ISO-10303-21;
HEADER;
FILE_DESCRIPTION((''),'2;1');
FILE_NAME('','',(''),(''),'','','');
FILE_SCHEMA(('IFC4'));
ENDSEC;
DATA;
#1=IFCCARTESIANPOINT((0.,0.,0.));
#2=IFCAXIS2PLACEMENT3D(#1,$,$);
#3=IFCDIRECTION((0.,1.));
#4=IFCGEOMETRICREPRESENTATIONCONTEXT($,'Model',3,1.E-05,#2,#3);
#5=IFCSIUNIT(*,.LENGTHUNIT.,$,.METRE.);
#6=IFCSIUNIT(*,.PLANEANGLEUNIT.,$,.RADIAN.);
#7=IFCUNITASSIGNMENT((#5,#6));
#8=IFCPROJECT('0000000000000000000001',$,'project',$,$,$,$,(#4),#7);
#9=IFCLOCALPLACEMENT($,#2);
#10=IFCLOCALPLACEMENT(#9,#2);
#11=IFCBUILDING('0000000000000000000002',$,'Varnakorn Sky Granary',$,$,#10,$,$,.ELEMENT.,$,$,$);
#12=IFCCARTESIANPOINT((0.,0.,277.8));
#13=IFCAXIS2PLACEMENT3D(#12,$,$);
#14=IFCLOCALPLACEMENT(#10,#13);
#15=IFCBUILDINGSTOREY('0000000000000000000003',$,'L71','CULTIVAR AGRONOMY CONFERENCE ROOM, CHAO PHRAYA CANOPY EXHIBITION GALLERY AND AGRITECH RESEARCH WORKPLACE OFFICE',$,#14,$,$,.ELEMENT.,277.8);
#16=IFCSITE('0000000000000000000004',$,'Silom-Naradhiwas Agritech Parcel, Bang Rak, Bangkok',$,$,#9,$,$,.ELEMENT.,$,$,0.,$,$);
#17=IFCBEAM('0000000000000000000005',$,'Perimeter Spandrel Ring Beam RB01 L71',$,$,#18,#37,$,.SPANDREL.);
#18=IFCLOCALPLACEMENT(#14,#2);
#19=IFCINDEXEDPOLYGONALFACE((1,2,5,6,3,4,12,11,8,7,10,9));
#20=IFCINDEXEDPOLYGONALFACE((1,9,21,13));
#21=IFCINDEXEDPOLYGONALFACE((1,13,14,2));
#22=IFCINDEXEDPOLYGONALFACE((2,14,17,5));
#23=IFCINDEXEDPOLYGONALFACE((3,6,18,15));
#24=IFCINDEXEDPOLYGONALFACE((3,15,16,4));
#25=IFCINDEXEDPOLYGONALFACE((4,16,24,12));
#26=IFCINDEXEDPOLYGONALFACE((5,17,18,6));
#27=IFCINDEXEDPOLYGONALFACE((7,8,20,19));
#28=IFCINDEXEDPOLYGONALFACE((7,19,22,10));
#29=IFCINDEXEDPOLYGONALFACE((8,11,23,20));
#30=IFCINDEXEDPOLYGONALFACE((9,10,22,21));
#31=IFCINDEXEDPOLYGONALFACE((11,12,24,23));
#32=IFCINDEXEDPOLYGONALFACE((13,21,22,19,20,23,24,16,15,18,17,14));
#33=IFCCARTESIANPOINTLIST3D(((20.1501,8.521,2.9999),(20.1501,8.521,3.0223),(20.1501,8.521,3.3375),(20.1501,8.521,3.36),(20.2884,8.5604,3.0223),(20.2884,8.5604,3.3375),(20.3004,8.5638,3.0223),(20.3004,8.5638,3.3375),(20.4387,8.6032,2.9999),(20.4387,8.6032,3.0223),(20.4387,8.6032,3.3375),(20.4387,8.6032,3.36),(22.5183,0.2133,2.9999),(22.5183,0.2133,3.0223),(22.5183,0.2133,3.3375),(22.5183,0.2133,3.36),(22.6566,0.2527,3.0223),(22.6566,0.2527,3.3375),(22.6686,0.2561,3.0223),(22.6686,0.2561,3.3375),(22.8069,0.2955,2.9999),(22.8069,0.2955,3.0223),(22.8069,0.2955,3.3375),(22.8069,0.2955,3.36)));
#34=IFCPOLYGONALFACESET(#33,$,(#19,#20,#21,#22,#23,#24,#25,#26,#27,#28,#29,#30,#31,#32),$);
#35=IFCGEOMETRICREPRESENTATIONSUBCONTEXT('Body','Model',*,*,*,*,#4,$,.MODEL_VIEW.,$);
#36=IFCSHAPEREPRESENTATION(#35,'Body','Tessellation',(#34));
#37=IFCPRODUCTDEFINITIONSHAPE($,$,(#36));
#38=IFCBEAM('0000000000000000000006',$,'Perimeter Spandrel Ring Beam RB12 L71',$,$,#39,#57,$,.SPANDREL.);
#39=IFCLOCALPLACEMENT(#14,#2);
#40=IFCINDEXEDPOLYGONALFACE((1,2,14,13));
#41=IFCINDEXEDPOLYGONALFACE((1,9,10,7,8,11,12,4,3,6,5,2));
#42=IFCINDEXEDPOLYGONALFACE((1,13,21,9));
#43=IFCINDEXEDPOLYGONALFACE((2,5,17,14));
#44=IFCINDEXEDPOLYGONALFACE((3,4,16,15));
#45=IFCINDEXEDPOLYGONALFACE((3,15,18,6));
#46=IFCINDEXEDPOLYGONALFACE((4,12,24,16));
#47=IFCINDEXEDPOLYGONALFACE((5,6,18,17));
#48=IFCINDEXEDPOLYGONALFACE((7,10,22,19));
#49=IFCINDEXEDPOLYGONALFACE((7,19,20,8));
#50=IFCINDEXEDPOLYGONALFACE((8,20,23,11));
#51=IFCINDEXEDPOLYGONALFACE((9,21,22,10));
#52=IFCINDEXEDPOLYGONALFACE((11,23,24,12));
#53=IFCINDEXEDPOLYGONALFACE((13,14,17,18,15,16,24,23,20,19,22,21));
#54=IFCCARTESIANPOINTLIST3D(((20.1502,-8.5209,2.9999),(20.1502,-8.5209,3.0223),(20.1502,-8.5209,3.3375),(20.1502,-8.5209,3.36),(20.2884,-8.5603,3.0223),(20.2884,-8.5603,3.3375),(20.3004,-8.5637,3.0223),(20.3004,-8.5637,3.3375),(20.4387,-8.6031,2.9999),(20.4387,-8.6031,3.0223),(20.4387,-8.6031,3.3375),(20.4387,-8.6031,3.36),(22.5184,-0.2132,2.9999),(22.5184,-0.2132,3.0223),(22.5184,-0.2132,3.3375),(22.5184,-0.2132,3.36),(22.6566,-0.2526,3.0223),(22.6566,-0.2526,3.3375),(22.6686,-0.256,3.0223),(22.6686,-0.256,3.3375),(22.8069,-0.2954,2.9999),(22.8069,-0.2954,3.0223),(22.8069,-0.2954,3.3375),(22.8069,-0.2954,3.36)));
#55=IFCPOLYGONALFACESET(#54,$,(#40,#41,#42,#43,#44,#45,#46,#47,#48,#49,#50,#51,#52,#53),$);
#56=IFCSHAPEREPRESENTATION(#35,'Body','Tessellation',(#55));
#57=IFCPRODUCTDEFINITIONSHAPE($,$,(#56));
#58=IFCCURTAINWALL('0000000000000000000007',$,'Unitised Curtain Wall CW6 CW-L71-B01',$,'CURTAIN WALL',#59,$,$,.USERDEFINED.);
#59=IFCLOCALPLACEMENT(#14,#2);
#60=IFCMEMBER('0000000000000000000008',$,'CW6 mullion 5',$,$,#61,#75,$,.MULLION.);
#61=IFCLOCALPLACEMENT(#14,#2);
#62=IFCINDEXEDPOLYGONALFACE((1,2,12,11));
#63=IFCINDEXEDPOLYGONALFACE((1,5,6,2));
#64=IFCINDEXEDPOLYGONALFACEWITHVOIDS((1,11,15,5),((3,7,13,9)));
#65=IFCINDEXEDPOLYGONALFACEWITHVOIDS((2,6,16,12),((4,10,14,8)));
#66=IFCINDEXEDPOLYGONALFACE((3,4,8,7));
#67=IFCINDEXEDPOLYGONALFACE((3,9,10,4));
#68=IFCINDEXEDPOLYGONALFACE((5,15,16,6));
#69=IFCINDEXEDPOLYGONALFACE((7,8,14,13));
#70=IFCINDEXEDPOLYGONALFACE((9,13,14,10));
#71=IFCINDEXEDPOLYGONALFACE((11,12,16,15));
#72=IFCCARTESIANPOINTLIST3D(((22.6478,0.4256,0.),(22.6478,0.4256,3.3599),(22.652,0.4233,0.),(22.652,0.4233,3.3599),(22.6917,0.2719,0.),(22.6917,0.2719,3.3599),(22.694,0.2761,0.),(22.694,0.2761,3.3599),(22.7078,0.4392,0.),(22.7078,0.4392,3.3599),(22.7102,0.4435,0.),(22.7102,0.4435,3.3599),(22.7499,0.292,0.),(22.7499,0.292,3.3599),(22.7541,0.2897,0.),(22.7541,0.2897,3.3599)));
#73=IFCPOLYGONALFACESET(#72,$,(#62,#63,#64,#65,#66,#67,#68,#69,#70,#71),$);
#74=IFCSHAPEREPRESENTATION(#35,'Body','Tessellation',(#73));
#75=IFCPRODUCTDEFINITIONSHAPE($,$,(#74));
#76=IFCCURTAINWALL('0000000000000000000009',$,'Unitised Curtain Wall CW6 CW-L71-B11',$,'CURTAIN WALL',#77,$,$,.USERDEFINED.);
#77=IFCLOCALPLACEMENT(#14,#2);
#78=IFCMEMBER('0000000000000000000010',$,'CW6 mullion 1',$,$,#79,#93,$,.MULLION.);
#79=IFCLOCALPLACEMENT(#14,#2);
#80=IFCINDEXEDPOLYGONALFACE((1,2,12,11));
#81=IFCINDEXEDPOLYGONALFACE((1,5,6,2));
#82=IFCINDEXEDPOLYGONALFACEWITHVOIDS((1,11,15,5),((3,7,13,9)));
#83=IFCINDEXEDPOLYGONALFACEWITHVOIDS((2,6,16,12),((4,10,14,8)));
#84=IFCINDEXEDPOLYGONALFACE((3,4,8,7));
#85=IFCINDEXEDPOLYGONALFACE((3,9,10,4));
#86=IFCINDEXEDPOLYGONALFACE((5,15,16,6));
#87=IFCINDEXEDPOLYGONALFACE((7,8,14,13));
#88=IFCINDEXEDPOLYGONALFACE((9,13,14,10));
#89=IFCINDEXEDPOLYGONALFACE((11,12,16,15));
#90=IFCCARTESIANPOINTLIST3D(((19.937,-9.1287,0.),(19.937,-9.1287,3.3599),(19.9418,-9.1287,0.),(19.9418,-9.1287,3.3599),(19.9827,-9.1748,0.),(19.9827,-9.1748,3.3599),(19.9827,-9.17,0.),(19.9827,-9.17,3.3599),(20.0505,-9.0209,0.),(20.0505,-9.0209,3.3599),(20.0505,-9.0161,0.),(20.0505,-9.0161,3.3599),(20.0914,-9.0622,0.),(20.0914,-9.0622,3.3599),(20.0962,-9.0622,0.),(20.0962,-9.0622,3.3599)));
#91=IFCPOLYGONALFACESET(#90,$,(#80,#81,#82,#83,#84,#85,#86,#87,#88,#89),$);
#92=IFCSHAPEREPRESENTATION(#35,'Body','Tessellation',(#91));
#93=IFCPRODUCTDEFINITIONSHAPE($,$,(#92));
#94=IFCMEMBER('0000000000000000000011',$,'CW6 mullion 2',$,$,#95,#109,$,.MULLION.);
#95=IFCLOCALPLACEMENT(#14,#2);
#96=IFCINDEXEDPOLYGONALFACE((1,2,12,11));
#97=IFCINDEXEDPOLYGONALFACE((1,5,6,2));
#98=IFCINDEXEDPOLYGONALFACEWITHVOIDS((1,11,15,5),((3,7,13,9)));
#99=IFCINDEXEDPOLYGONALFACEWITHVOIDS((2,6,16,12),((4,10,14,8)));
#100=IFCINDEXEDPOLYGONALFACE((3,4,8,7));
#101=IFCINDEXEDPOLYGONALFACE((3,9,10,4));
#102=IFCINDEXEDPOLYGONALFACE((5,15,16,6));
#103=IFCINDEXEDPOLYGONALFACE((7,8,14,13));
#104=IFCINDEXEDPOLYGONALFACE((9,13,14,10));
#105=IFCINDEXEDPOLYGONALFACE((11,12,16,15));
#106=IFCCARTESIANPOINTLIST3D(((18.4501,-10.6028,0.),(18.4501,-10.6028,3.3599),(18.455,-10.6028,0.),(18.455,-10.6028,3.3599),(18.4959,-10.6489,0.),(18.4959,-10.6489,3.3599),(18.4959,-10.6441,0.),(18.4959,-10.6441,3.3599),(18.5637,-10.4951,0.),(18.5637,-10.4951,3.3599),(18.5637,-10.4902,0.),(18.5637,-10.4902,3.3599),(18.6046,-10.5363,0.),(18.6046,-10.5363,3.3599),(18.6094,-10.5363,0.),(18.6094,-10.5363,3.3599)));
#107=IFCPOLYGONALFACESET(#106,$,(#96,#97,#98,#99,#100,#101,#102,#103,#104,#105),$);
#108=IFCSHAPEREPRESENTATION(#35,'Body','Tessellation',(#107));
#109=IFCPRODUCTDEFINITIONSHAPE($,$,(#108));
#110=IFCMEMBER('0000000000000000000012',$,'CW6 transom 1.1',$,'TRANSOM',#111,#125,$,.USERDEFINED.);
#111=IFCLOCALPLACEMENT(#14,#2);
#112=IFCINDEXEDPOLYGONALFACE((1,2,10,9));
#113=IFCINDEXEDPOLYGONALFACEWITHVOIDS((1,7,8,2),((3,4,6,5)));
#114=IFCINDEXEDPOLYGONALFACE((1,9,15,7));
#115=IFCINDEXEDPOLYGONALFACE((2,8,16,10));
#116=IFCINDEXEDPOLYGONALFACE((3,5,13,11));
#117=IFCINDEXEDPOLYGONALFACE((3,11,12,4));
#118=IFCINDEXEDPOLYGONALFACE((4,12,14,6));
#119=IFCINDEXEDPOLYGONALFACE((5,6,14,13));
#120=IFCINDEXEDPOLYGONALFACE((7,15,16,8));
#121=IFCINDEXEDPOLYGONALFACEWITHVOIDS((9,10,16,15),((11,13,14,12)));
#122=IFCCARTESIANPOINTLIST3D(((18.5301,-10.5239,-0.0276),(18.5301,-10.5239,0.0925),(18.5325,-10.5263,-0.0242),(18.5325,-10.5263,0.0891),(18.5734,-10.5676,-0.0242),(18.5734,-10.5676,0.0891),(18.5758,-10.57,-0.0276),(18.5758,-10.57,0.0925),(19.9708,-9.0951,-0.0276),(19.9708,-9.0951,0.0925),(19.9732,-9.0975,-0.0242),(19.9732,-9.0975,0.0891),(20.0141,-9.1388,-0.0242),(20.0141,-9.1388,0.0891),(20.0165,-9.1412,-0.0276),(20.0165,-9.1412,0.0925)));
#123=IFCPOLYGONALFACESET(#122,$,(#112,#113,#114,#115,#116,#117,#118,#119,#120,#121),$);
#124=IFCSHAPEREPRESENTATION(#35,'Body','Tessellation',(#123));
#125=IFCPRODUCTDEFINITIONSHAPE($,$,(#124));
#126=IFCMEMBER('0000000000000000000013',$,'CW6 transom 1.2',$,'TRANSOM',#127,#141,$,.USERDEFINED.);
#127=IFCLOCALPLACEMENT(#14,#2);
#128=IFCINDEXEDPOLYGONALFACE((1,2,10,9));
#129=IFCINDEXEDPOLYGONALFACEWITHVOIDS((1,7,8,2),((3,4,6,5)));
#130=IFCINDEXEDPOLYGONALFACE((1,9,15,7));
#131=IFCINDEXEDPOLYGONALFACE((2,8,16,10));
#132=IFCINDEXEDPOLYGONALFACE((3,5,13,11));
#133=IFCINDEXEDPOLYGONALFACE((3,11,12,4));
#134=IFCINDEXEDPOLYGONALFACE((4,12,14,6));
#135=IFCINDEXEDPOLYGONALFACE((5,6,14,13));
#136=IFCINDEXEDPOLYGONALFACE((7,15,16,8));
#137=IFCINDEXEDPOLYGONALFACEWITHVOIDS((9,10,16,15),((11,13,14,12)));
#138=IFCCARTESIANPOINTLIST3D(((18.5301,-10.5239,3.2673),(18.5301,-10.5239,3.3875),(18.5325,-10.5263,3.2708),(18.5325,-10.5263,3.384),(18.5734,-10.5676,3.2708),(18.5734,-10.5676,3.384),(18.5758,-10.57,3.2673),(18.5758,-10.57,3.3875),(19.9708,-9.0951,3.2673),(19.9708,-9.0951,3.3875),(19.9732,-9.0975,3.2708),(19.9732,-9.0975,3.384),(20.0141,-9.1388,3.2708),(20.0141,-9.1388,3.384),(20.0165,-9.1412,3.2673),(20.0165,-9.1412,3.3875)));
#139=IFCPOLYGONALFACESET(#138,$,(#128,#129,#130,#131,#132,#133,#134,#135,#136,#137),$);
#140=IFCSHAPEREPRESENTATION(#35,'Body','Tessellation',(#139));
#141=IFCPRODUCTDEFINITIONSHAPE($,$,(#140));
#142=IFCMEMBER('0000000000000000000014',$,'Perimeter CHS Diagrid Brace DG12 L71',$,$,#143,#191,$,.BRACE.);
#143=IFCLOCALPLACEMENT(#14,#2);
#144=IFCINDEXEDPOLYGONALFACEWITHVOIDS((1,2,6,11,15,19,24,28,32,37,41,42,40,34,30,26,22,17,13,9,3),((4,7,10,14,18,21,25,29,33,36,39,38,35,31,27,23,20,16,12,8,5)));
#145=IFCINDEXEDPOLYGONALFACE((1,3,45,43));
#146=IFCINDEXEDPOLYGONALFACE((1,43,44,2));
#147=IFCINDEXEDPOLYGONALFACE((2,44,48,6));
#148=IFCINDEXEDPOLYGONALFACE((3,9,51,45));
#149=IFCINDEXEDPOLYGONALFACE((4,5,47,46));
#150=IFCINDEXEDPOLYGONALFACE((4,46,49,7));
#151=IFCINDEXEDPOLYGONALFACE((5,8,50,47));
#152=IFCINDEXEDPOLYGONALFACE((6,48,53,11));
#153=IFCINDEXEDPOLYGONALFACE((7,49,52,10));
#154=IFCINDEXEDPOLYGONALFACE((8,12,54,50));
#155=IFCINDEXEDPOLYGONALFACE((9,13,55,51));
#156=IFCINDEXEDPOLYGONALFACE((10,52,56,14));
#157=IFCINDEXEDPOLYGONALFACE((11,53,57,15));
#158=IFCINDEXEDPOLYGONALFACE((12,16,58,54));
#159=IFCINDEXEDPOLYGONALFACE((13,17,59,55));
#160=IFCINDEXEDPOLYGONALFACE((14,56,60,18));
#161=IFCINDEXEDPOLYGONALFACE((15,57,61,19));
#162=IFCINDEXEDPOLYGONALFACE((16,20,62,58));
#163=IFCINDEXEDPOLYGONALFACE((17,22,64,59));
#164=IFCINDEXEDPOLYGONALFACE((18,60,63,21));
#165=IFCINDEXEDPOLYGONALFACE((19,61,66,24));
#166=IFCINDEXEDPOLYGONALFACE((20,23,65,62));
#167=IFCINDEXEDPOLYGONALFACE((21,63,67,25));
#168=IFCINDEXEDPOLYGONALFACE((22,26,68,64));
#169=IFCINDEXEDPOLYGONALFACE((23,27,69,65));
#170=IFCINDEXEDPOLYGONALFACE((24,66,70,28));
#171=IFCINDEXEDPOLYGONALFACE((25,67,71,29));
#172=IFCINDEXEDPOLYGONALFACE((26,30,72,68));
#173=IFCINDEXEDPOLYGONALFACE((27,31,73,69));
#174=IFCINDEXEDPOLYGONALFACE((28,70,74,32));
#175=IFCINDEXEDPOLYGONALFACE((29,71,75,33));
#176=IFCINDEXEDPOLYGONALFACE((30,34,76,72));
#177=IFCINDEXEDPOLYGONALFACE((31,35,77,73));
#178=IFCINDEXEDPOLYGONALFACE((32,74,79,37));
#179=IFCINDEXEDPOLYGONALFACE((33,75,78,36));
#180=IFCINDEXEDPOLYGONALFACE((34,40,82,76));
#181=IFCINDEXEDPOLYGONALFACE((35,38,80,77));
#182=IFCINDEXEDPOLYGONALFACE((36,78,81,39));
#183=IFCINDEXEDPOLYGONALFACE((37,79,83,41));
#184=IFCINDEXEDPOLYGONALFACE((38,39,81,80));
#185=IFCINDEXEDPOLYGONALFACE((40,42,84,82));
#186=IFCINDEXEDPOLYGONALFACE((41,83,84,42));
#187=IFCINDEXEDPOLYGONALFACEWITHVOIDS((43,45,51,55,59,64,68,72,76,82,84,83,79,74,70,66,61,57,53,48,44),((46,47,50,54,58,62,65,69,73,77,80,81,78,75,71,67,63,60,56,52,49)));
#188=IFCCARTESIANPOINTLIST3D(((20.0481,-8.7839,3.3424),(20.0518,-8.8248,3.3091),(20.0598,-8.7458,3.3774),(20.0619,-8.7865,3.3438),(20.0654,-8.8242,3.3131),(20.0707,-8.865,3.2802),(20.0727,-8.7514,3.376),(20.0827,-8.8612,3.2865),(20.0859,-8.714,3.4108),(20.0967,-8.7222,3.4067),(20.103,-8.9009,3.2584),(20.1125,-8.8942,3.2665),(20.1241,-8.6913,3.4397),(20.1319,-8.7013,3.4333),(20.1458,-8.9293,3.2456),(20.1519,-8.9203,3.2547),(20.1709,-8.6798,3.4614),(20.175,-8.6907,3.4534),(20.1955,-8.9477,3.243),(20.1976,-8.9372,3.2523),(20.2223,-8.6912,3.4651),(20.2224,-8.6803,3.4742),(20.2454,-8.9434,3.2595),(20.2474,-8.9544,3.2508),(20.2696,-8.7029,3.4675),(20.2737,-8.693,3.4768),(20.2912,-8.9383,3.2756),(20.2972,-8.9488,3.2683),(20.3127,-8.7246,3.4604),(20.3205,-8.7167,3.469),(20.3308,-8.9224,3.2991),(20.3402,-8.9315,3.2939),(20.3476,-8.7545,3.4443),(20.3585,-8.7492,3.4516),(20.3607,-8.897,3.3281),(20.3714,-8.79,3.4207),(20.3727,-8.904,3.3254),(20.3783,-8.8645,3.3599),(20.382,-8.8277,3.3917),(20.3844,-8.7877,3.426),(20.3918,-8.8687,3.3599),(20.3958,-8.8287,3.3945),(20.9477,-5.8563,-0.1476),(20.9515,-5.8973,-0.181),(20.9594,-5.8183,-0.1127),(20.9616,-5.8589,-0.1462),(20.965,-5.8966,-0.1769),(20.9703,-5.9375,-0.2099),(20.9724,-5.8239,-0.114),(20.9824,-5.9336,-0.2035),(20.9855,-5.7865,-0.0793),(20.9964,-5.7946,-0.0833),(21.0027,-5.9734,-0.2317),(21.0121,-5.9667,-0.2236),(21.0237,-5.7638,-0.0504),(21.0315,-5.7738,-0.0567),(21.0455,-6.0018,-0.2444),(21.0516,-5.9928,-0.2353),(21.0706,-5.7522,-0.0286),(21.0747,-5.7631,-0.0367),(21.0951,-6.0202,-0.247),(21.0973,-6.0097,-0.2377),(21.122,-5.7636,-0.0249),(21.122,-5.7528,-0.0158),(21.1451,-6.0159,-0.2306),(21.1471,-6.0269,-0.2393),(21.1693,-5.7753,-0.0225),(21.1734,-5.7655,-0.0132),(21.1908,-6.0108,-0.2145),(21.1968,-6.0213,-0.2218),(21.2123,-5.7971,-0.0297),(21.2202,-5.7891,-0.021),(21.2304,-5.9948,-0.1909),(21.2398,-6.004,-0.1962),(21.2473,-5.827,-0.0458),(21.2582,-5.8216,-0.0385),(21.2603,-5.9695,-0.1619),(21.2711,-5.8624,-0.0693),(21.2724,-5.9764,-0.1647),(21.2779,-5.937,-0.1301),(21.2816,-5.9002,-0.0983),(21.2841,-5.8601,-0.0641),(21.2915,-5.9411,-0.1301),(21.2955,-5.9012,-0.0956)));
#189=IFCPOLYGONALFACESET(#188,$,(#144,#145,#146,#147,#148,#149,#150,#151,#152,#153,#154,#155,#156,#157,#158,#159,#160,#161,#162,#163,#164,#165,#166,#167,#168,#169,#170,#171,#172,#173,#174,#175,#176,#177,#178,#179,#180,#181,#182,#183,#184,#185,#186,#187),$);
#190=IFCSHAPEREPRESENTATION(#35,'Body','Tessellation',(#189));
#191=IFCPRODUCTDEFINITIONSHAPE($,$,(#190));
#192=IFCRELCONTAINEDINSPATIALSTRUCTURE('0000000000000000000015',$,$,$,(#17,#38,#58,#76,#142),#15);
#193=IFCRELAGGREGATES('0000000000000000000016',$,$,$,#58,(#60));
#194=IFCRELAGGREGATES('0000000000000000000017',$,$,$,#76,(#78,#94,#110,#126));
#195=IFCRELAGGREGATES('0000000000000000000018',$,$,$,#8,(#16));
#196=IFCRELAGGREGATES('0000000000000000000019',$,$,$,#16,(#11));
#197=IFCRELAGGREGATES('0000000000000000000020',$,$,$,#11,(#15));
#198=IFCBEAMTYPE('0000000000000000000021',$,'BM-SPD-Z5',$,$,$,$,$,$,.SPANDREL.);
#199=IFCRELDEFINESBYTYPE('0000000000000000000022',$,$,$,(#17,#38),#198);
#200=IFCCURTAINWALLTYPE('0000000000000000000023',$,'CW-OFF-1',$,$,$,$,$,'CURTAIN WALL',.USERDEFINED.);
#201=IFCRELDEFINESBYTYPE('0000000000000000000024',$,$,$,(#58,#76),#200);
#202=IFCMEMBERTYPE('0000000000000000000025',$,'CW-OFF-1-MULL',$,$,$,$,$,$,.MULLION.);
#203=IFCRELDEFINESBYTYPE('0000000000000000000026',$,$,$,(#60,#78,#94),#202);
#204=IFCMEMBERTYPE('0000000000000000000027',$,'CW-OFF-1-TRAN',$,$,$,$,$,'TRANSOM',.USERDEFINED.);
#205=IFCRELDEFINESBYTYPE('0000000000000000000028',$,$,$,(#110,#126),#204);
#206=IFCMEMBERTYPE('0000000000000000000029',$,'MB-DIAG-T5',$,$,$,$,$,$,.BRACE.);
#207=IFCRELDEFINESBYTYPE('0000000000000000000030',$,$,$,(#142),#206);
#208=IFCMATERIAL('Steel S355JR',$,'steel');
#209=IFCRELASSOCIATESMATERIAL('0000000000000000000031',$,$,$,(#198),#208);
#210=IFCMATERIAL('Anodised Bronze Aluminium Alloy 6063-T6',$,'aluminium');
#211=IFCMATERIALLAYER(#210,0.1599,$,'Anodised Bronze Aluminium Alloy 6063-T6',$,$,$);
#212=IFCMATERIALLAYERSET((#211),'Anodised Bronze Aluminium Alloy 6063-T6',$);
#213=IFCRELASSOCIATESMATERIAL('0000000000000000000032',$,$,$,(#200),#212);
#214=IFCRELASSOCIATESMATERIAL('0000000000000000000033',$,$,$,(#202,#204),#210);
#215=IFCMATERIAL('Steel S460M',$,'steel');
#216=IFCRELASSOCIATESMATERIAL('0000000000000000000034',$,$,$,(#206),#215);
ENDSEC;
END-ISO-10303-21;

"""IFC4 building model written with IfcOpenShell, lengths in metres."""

from ifc_helpers import new_model, si_unit, direction, frame, origin, origin_2d, place, context, subcontext, project, spatial, hollow_rectangle, hollow_circle, i_section, extrude, material, layer, layer_set, material_profile, profile_set, type_object, element, aggregate, save


model = new_model("IFC4")

# Units and contexts
model_context = context("Model", 3, precision=1e-05, world=origin(), true_north=direction((0.0, 1.0)))
body_context = subcontext(model_context, "Body", "Model", "MODEL_VIEW")
ifc_project = project(units=[si_unit("LENGTHUNIT", "METRE"), si_unit("PLANEANGLEUNIT", "RADIAN")], contexts=[model_context])

# Site, building, storey
site_placement = place(None, origin())
site = spatial("IfcSite", under=ifc_project, at=site_placement, Name="Silom-Naradhiwas Agritech Parcel, Bang Rak, Bangkok", CompositionType="ELEMENT", RefElevation=0.0)
building_placement = place(site_placement, origin())
building = spatial("IfcBuilding", under=site, at=building_placement, Name="Varnakorn Sky Granary", CompositionType="ELEMENT")
storey_placement = place(building_placement, frame((0.0, 0.0, 277.8)))
storey = spatial("IfcBuildingStorey", under=building, at=storey_placement, Name="L71", Description="CULTIVAR AGRONOMY CONFERENCE ROOM, CHAO PHRAYA CANOPY EXHIBITION GALLERY AND AGRITECH RESEARCH WORKPLACE OFFICE", CompositionType="ELEMENT", Elevation=277.8)

# Shared definitions
ifc_material_1 = material(Name="Steel S460M", Category="steel")

# Beams
ifc_material_2 = material(Name="Steel S355JR", Category="steel")
ifc_material_profile_1 = material_profile(ifc_material_2, i_section(OverallWidth=0.3, OverallDepth=0.3601, WebThickness=0.0125, FlangeThickness=0.0225, at=origin_2d()), Name="HE 360 B")
ifc_profile_set_1 = profile_set([ifc_material_profile_1], Name="Steel S355JR")
beam_type_1 = type_object("IfcBeamType", Name="BM-SPD-Z5", PredefinedType="SPANDREL", material=ifc_profile_set_1)
for number, where, z_axis, x_axis, name in (
    (1, (22.6626, 0.2544, 3.1799), (-0.274139, 0.96169, 0.0), (-0.96169, -0.274139, 0.0), "Perimeter Spandrel Ring Beam RB01 L71"),
    (2, (20.2944, -8.562, 3.1799), (0.274139, 0.96169, 0.0), (-0.96169, 0.274139, 0.0), "Perimeter Spandrel Ring Beam RB12 L71"),
):
    element("IfcBeam", number, at=place(storey_placement, frame(where, z_axis=z_axis, x_axis=x_axis)), inside=storey, type_object=beam_type_1, Name=name, PredefinedType="SPANDREL", context=body_context, shape_type="SweptSolid", body=[
        extrude(i_section(OverallWidth=0.3, OverallDepth=0.3601, WebThickness=0.0125, FlangeThickness=0.0225, at=origin_2d()), origin(), (0.0, 0.0, 1.0), 8.6387),
    ])

# Curtain wall, member
ifc_material_3 = material(Name="Anodised Bronze Aluminium Alloy 6063-T6", Category="aluminium")
ifc_layer_1 = layer(ifc_material_3, 0.1599, Name="Anodised Bronze Aluminium Alloy 6063-T6")
ifc_layer_set_1 = layer_set([ifc_layer_1], Name="Anodised Bronze Aluminium Alloy 6063-T6")
curtain_wall_type = type_object("IfcCurtainWallType", Name="CW-OFF-1", ElementType="CURTAIN WALL", PredefinedType="USERDEFINED", material=ifc_layer_set_1)
curtain_wall_1_placement = place(storey_placement, origin())
curtain_wall_1 = element("IfcCurtainWall", 3, at=curtain_wall_1_placement, inside=storey, type_object=curtain_wall_type, Name="Unitised Curtain Wall CW6 CW-L71-B01", ObjectType="CURTAIN WALL", PredefinedType="USERDEFINED")
ifc_material_profile_2 = material_profile(ifc_material_3, hollow_rectangle(XDim=0.0649, YDim=0.1599, WallThickness=0.0034, at=origin_2d()), Name="ALU MULL 65x160")
ifc_profile_set_2 = profile_set([ifc_material_profile_2], Name="Anodised Bronze Aluminium Alloy 6063-T6")
member_type_1 = type_object("IfcMemberType", Name="CW-OFF-1-MULL", PredefinedType="MULLION", material=ifc_profile_set_2)
member_1_placement = place(storey_placement, frame((22.7009, 0.3577, 0.0), z_axis=(0.0, 0.0, 1.0), x_axis=(0.96157, 0.27456, 0.0)))
member_1 = element("IfcMember", 4, at=member_1_placement, type_object=member_type_1, Name="CW6 mullion 5", PredefinedType="MULLION", context=body_context, shape_type="SweptSolid", body=[
    extrude(hollow_rectangle(XDim=0.0649, YDim=0.1599, WallThickness=0.0034, at=origin_2d()), origin(), (0.0, 0.0, 1.0), 3.3599),
])
aggregate(curtain_wall_1, [member_1])

# Curtain wall, members
curtain_wall_2_placement = place(storey_placement, origin())
curtain_wall_2 = element("IfcCurtainWall", 5, at=curtain_wall_2_placement, inside=storey, type_object=curtain_wall_type, Name="Unitised Curtain Wall CW6 CW-L71-B11", ObjectType="CURTAIN WALL", PredefinedType="USERDEFINED")
member_2_placement = place(storey_placement, frame((20.0166, -9.0955, 0.0), z_axis=(0.0, 0.0, 1.0), x_axis=(0.704102, -0.710099, 0.0)))
member_2 = element("IfcMember", 6, at=member_2_placement, type_object=member_type_1, Name="CW6 mullion 1", PredefinedType="MULLION", context=body_context, shape_type="SweptSolid", body=[
    extrude(hollow_rectangle(XDim=0.0649, YDim=0.1599, WallThickness=0.0034, at=origin_2d()), origin(), (0.0, 0.0, 1.0), 3.3599),
])
member_3_placement = place(storey_placement, frame((18.5298, -10.5696, 0.0), z_axis=(0.0, 0.0, 1.0), x_axis=(0.704102, -0.710099, 0.0)))
member_3 = element("IfcMember", 7, at=member_3_placement, type_object=member_type_1, Name="CW6 mullion 2", PredefinedType="MULLION", context=body_context, shape_type="SweptSolid", body=[
    extrude(hollow_rectangle(XDim=0.0649, YDim=0.1599, WallThickness=0.0034, at=origin_2d()), origin(), (0.0, 0.0, 1.0), 3.3599),
])
ifc_material_profile_3 = material_profile(ifc_material_3, hollow_rectangle(XDim=0.0649, YDim=0.1201, WallThickness=0.0034, at=origin_2d()), Name="ALU TRAN 65x120")
ifc_profile_set_3 = profile_set([ifc_material_profile_3], Name="Anodised Bronze Aluminium Alloy 6063-T6")
member_type_2 = type_object("IfcMemberType", Name="CW-OFF-1-TRAN", ElementType="TRANSOM", PredefinedType="USERDEFINED", material=ifc_profile_set_3)
member_4_placement = place(storey_placement, frame((19.9937, -9.1182, 0.0325), z_axis=(-0.710049, -0.704153, 0.0), x_axis=(0.704153, -0.710049, 0.0)))
member_4 = element("IfcMember", 8, at=member_4_placement, type_object=member_type_2, Name="CW6 transom 1.1", ObjectType="TRANSOM", PredefinedType="USERDEFINED", context=body_context, shape_type="SweptSolid", body=[
    extrude(hollow_rectangle(XDim=0.0649, YDim=0.1201, WallThickness=0.0034, at=origin_2d()), origin(), (0.0, 0.0, 1.0), 2.0291),
])
member_5_placement = place(storey_placement, frame((19.9937, -9.1182, 3.3274), z_axis=(-0.710049, -0.704153, 0.0), x_axis=(0.704153, -0.710049, 0.0)))
member_5 = element("IfcMember", 9, at=member_5_placement, type_object=member_type_2, Name="CW6 transom 1.2", ObjectType="TRANSOM", PredefinedType="USERDEFINED", context=body_context, shape_type="SweptSolid", body=[
    extrude(hollow_rectangle(XDim=0.0649, YDim=0.1201, WallThickness=0.0034, at=origin_2d()), origin(), (0.0, 0.0, 1.0), 2.0291),
])

# Member
ifc_material_profile_4 = material_profile(ifc_material_1, hollow_circle(Radius=0.1777, WallThickness=0.0142, at=origin_2d()), Name="CHS 355.6x14")
ifc_profile_set_4 = profile_set([ifc_material_profile_4], Name="Steel S460M")
member_type_3 = type_object("IfcMemberType", Name="MB-DIAG-T5", PredefinedType="BRACE", material=ifc_profile_set_4)
member_6_placement = place(storey_placement, frame((21.1216, -5.8889, -0.1301), z_axis=(-0.193757, -0.630485, 0.751629), x_axis=(0.955881, -0.293755, 0.0)))
element("IfcMember", 10, at=member_6_placement, inside=storey, type_object=member_type_3, Name="Perimeter CHS Diagrid Brace DG12 L71", PredefinedType="BRACE", context=body_context, shape_type="SweptSolid", body=[
    extrude(hollow_circle(Radius=0.1777, WallThickness=0.0142, at=origin_2d()), origin(), (0.0, 0.0, 1.0), 4.6433),
])

aggregate(curtain_wall_2, [member_2, member_3, member_4, member_5])

save(model, "model.ifc")
